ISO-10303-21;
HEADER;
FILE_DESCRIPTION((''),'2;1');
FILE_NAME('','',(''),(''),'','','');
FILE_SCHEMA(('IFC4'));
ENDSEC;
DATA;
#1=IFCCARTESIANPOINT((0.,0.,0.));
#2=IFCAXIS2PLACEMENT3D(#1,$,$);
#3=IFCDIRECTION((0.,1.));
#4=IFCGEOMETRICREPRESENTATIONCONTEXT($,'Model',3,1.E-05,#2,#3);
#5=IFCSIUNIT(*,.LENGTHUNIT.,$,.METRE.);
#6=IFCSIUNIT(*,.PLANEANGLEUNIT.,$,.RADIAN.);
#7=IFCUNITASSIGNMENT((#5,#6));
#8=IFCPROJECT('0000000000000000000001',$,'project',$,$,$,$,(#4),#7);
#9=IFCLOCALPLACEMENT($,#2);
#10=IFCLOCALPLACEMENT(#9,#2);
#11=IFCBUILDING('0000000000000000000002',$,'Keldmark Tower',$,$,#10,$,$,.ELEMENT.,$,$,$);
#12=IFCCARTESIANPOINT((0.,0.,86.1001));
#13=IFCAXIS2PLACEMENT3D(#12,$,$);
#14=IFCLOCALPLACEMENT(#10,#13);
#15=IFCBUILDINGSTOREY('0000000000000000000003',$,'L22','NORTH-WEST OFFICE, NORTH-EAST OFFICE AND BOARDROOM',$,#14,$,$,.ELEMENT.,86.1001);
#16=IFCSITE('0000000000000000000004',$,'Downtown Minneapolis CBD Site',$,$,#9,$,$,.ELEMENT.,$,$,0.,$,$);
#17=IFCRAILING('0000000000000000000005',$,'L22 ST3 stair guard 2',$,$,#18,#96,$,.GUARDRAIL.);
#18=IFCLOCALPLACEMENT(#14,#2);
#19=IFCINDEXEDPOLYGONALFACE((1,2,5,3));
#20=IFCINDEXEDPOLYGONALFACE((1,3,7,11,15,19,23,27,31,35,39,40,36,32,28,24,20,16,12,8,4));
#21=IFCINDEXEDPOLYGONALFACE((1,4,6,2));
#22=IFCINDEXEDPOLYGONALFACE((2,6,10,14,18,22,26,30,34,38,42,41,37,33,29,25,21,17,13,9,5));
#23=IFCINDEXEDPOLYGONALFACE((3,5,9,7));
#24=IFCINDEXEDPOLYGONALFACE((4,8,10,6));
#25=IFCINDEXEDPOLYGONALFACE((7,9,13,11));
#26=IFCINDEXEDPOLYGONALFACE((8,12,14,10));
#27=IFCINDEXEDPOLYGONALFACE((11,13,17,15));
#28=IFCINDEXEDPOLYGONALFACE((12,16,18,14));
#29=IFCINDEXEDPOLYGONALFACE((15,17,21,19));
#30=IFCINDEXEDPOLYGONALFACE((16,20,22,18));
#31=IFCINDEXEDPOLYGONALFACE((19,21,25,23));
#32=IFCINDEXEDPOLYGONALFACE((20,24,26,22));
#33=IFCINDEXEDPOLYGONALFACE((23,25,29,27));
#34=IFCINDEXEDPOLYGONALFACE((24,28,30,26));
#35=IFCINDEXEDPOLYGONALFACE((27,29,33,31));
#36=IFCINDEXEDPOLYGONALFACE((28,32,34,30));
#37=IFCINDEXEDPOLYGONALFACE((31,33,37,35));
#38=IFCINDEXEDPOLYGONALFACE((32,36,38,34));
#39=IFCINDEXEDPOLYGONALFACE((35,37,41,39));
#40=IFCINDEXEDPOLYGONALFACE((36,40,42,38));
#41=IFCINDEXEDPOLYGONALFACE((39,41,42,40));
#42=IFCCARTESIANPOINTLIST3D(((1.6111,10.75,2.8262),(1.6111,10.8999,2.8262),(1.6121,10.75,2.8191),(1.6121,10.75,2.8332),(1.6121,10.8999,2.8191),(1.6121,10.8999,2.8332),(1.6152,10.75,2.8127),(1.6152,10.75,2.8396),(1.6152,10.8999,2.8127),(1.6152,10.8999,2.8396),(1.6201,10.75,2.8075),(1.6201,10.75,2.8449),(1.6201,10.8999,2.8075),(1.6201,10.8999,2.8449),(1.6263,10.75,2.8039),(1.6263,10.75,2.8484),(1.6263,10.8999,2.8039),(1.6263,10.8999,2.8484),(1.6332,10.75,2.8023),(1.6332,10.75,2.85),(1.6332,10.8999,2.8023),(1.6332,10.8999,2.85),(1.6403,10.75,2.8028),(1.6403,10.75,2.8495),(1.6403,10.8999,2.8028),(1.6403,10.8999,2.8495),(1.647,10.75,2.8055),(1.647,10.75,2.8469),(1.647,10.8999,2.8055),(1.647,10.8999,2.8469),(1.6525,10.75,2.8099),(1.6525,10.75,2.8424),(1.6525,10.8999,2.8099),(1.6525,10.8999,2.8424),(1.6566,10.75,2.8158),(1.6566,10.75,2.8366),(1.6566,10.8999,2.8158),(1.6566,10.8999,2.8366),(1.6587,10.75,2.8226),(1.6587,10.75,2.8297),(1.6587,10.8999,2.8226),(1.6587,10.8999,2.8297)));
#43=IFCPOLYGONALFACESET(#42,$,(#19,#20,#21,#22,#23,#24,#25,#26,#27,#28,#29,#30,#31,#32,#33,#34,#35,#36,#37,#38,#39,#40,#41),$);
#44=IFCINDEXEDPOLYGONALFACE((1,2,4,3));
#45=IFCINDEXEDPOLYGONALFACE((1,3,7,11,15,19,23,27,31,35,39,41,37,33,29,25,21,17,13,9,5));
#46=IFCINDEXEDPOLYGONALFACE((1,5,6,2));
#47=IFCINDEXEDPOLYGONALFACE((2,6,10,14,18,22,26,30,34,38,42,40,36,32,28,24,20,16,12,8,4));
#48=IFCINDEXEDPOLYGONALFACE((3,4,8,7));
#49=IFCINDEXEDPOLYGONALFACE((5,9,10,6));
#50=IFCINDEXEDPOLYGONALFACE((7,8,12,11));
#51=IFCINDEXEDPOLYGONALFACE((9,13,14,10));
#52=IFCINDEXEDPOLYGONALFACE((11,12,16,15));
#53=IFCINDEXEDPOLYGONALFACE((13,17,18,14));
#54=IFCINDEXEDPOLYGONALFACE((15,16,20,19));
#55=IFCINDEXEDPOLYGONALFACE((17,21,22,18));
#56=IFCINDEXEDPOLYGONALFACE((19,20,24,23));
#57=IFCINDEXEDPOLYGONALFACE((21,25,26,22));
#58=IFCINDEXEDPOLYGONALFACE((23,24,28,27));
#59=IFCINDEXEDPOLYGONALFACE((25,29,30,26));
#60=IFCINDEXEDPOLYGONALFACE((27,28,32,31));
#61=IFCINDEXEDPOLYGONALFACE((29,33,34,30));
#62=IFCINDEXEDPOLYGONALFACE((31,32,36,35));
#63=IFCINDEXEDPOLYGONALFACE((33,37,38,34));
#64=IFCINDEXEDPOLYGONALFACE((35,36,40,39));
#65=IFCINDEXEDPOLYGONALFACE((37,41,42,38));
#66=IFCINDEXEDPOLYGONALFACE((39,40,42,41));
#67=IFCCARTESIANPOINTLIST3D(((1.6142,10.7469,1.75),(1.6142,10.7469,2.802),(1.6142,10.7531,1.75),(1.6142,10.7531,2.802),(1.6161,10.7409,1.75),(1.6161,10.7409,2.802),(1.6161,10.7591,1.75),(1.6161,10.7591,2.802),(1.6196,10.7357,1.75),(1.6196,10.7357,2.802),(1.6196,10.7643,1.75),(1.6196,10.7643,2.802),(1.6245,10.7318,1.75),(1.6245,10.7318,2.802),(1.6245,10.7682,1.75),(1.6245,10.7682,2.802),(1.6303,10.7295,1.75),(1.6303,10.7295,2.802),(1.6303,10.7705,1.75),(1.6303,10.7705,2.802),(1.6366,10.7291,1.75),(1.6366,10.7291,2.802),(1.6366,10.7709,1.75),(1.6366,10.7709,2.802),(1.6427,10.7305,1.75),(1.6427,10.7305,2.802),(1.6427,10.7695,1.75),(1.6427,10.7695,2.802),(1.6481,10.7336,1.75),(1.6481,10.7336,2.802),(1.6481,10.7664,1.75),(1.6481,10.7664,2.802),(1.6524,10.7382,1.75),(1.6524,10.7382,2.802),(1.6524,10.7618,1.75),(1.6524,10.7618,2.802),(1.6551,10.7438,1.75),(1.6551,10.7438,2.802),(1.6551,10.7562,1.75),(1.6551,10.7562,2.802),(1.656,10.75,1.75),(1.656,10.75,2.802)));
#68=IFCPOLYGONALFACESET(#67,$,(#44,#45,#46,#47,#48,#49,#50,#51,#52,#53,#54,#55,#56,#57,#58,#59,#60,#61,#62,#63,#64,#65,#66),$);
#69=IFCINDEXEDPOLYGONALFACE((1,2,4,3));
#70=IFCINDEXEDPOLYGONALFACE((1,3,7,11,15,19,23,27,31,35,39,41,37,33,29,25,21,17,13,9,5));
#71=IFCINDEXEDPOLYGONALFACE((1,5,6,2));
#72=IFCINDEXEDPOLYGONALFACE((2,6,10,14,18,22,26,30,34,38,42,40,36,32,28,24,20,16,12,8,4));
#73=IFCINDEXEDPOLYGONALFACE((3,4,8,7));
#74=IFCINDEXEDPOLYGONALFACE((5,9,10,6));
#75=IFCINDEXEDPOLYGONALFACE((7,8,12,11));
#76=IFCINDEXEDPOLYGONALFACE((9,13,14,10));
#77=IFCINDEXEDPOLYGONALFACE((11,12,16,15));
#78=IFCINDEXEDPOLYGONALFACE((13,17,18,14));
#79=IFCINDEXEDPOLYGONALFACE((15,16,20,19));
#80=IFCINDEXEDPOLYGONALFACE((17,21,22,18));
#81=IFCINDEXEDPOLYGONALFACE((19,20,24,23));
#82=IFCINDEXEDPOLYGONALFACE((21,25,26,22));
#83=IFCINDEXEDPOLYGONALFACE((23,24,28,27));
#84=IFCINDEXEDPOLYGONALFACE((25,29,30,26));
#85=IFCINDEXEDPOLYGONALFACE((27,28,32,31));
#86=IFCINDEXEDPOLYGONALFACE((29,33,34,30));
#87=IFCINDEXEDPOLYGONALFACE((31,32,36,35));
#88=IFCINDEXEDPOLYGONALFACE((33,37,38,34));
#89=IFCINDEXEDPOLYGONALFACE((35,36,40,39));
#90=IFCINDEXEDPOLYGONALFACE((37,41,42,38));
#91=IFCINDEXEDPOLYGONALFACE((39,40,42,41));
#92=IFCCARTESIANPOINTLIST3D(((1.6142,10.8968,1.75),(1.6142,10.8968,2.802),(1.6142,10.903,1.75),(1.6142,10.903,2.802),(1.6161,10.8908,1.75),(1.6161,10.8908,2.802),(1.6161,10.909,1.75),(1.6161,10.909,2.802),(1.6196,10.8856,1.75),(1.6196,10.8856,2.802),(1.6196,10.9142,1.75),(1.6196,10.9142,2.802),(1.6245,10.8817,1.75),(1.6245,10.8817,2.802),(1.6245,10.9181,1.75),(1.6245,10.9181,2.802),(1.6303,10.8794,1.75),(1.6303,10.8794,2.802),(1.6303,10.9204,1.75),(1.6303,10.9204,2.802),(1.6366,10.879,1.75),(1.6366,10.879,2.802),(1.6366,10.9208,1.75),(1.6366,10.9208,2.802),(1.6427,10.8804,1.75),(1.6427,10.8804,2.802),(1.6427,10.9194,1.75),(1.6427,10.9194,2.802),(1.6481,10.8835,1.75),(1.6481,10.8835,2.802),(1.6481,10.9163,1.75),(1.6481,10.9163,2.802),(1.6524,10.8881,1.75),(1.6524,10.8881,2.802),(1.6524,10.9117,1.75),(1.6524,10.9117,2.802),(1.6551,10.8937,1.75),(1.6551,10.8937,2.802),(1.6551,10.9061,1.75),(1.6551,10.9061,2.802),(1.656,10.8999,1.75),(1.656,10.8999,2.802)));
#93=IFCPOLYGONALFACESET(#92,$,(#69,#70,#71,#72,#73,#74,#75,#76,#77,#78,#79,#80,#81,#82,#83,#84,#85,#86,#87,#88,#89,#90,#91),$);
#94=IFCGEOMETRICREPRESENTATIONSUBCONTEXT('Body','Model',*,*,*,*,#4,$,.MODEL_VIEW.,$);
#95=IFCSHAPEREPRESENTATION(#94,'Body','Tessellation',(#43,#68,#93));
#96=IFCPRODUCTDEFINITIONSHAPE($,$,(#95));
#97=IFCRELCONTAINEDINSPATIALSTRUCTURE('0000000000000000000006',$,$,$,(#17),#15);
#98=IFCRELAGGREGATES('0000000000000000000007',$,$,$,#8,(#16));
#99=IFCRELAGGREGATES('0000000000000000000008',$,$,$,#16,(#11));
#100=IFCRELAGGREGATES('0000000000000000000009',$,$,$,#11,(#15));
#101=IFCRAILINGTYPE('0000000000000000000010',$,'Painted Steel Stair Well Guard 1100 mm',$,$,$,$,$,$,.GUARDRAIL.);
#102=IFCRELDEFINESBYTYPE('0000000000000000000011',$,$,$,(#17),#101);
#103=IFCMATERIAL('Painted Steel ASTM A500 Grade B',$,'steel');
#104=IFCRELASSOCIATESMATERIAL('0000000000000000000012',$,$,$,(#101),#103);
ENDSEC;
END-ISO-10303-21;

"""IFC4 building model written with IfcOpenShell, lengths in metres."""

from ifc_helpers import new_model, si_unit, direction, frame, origin, origin_2d, place, context, subcontext, project, spatial, circle, extrude, material, type_object, element, save


model = new_model("IFC4")

# Units and contexts
model_context = context("Model", 3, precision=1e-05, world=origin(), true_north=direction((0.0, 1.0)))
body_context = subcontext(model_context, "Body", "Model", "MODEL_VIEW")
ifc_project = project(units=[si_unit("LENGTHUNIT", "METRE"), si_unit("PLANEANGLEUNIT", "RADIAN")], contexts=[model_context])

# Site, building, storey
site_placement = place(None, origin())
site = spatial("IfcSite", under=ifc_project, at=site_placement, Name="Downtown Minneapolis CBD Site", CompositionType="ELEMENT", RefElevation=0.0)
building_placement = place(site_placement, origin())
building = spatial("IfcBuilding", under=site, at=building_placement, Name="Keldmark Tower", CompositionType="ELEMENT")
storey_placement = place(building_placement, frame((0.0, 0.0, 86.1001)))
storey = spatial("IfcBuildingStorey", under=building, at=storey_placement, Name="L22", Description="NORTH-WEST OFFICE, NORTH-EAST OFFICE AND BOARDROOM", CompositionType="ELEMENT", Elevation=86.1001)

# Railing
ifc_material_1 = material(Name="Painted Steel ASTM A500 Grade B", Category="steel")
railing_type_1 = type_object("IfcRailingType", Name="Painted Steel Stair Well Guard 1100 mm", PredefinedType="GUARDRAIL", material=ifc_material_1)
railing_1_placement = place(storey_placement, frame((1.635, 10.75, 1.75)))
element("IfcRailing", 1, at=railing_1_placement, inside=storey, type_object=railing_type_1, Name="L22 ST3 stair guard 2", PredefinedType="GUARDRAIL", context=body_context, shape_type="SweptSolid", body=[
    extrude(circle(Radius=0.0239, at=origin_2d()), frame((0.0, 0.0, 1.0762), z_axis=(0.0, 1.0, 0.0), x_axis=(-1.0, 0.0, 0.0)), (0.0, 0.0, 1.0), 0.1499),
    extrude(circle(Radius=0.021, at=origin_2d()), origin(), (0.0, 0.0, 1.0), 1.052),
    extrude(circle(Radius=0.021, at=origin_2d()), frame((0.0, 0.1499, 0.0)), (0.0, 0.0, 1.0), 1.052),
])

save(model, "model.ifc")
